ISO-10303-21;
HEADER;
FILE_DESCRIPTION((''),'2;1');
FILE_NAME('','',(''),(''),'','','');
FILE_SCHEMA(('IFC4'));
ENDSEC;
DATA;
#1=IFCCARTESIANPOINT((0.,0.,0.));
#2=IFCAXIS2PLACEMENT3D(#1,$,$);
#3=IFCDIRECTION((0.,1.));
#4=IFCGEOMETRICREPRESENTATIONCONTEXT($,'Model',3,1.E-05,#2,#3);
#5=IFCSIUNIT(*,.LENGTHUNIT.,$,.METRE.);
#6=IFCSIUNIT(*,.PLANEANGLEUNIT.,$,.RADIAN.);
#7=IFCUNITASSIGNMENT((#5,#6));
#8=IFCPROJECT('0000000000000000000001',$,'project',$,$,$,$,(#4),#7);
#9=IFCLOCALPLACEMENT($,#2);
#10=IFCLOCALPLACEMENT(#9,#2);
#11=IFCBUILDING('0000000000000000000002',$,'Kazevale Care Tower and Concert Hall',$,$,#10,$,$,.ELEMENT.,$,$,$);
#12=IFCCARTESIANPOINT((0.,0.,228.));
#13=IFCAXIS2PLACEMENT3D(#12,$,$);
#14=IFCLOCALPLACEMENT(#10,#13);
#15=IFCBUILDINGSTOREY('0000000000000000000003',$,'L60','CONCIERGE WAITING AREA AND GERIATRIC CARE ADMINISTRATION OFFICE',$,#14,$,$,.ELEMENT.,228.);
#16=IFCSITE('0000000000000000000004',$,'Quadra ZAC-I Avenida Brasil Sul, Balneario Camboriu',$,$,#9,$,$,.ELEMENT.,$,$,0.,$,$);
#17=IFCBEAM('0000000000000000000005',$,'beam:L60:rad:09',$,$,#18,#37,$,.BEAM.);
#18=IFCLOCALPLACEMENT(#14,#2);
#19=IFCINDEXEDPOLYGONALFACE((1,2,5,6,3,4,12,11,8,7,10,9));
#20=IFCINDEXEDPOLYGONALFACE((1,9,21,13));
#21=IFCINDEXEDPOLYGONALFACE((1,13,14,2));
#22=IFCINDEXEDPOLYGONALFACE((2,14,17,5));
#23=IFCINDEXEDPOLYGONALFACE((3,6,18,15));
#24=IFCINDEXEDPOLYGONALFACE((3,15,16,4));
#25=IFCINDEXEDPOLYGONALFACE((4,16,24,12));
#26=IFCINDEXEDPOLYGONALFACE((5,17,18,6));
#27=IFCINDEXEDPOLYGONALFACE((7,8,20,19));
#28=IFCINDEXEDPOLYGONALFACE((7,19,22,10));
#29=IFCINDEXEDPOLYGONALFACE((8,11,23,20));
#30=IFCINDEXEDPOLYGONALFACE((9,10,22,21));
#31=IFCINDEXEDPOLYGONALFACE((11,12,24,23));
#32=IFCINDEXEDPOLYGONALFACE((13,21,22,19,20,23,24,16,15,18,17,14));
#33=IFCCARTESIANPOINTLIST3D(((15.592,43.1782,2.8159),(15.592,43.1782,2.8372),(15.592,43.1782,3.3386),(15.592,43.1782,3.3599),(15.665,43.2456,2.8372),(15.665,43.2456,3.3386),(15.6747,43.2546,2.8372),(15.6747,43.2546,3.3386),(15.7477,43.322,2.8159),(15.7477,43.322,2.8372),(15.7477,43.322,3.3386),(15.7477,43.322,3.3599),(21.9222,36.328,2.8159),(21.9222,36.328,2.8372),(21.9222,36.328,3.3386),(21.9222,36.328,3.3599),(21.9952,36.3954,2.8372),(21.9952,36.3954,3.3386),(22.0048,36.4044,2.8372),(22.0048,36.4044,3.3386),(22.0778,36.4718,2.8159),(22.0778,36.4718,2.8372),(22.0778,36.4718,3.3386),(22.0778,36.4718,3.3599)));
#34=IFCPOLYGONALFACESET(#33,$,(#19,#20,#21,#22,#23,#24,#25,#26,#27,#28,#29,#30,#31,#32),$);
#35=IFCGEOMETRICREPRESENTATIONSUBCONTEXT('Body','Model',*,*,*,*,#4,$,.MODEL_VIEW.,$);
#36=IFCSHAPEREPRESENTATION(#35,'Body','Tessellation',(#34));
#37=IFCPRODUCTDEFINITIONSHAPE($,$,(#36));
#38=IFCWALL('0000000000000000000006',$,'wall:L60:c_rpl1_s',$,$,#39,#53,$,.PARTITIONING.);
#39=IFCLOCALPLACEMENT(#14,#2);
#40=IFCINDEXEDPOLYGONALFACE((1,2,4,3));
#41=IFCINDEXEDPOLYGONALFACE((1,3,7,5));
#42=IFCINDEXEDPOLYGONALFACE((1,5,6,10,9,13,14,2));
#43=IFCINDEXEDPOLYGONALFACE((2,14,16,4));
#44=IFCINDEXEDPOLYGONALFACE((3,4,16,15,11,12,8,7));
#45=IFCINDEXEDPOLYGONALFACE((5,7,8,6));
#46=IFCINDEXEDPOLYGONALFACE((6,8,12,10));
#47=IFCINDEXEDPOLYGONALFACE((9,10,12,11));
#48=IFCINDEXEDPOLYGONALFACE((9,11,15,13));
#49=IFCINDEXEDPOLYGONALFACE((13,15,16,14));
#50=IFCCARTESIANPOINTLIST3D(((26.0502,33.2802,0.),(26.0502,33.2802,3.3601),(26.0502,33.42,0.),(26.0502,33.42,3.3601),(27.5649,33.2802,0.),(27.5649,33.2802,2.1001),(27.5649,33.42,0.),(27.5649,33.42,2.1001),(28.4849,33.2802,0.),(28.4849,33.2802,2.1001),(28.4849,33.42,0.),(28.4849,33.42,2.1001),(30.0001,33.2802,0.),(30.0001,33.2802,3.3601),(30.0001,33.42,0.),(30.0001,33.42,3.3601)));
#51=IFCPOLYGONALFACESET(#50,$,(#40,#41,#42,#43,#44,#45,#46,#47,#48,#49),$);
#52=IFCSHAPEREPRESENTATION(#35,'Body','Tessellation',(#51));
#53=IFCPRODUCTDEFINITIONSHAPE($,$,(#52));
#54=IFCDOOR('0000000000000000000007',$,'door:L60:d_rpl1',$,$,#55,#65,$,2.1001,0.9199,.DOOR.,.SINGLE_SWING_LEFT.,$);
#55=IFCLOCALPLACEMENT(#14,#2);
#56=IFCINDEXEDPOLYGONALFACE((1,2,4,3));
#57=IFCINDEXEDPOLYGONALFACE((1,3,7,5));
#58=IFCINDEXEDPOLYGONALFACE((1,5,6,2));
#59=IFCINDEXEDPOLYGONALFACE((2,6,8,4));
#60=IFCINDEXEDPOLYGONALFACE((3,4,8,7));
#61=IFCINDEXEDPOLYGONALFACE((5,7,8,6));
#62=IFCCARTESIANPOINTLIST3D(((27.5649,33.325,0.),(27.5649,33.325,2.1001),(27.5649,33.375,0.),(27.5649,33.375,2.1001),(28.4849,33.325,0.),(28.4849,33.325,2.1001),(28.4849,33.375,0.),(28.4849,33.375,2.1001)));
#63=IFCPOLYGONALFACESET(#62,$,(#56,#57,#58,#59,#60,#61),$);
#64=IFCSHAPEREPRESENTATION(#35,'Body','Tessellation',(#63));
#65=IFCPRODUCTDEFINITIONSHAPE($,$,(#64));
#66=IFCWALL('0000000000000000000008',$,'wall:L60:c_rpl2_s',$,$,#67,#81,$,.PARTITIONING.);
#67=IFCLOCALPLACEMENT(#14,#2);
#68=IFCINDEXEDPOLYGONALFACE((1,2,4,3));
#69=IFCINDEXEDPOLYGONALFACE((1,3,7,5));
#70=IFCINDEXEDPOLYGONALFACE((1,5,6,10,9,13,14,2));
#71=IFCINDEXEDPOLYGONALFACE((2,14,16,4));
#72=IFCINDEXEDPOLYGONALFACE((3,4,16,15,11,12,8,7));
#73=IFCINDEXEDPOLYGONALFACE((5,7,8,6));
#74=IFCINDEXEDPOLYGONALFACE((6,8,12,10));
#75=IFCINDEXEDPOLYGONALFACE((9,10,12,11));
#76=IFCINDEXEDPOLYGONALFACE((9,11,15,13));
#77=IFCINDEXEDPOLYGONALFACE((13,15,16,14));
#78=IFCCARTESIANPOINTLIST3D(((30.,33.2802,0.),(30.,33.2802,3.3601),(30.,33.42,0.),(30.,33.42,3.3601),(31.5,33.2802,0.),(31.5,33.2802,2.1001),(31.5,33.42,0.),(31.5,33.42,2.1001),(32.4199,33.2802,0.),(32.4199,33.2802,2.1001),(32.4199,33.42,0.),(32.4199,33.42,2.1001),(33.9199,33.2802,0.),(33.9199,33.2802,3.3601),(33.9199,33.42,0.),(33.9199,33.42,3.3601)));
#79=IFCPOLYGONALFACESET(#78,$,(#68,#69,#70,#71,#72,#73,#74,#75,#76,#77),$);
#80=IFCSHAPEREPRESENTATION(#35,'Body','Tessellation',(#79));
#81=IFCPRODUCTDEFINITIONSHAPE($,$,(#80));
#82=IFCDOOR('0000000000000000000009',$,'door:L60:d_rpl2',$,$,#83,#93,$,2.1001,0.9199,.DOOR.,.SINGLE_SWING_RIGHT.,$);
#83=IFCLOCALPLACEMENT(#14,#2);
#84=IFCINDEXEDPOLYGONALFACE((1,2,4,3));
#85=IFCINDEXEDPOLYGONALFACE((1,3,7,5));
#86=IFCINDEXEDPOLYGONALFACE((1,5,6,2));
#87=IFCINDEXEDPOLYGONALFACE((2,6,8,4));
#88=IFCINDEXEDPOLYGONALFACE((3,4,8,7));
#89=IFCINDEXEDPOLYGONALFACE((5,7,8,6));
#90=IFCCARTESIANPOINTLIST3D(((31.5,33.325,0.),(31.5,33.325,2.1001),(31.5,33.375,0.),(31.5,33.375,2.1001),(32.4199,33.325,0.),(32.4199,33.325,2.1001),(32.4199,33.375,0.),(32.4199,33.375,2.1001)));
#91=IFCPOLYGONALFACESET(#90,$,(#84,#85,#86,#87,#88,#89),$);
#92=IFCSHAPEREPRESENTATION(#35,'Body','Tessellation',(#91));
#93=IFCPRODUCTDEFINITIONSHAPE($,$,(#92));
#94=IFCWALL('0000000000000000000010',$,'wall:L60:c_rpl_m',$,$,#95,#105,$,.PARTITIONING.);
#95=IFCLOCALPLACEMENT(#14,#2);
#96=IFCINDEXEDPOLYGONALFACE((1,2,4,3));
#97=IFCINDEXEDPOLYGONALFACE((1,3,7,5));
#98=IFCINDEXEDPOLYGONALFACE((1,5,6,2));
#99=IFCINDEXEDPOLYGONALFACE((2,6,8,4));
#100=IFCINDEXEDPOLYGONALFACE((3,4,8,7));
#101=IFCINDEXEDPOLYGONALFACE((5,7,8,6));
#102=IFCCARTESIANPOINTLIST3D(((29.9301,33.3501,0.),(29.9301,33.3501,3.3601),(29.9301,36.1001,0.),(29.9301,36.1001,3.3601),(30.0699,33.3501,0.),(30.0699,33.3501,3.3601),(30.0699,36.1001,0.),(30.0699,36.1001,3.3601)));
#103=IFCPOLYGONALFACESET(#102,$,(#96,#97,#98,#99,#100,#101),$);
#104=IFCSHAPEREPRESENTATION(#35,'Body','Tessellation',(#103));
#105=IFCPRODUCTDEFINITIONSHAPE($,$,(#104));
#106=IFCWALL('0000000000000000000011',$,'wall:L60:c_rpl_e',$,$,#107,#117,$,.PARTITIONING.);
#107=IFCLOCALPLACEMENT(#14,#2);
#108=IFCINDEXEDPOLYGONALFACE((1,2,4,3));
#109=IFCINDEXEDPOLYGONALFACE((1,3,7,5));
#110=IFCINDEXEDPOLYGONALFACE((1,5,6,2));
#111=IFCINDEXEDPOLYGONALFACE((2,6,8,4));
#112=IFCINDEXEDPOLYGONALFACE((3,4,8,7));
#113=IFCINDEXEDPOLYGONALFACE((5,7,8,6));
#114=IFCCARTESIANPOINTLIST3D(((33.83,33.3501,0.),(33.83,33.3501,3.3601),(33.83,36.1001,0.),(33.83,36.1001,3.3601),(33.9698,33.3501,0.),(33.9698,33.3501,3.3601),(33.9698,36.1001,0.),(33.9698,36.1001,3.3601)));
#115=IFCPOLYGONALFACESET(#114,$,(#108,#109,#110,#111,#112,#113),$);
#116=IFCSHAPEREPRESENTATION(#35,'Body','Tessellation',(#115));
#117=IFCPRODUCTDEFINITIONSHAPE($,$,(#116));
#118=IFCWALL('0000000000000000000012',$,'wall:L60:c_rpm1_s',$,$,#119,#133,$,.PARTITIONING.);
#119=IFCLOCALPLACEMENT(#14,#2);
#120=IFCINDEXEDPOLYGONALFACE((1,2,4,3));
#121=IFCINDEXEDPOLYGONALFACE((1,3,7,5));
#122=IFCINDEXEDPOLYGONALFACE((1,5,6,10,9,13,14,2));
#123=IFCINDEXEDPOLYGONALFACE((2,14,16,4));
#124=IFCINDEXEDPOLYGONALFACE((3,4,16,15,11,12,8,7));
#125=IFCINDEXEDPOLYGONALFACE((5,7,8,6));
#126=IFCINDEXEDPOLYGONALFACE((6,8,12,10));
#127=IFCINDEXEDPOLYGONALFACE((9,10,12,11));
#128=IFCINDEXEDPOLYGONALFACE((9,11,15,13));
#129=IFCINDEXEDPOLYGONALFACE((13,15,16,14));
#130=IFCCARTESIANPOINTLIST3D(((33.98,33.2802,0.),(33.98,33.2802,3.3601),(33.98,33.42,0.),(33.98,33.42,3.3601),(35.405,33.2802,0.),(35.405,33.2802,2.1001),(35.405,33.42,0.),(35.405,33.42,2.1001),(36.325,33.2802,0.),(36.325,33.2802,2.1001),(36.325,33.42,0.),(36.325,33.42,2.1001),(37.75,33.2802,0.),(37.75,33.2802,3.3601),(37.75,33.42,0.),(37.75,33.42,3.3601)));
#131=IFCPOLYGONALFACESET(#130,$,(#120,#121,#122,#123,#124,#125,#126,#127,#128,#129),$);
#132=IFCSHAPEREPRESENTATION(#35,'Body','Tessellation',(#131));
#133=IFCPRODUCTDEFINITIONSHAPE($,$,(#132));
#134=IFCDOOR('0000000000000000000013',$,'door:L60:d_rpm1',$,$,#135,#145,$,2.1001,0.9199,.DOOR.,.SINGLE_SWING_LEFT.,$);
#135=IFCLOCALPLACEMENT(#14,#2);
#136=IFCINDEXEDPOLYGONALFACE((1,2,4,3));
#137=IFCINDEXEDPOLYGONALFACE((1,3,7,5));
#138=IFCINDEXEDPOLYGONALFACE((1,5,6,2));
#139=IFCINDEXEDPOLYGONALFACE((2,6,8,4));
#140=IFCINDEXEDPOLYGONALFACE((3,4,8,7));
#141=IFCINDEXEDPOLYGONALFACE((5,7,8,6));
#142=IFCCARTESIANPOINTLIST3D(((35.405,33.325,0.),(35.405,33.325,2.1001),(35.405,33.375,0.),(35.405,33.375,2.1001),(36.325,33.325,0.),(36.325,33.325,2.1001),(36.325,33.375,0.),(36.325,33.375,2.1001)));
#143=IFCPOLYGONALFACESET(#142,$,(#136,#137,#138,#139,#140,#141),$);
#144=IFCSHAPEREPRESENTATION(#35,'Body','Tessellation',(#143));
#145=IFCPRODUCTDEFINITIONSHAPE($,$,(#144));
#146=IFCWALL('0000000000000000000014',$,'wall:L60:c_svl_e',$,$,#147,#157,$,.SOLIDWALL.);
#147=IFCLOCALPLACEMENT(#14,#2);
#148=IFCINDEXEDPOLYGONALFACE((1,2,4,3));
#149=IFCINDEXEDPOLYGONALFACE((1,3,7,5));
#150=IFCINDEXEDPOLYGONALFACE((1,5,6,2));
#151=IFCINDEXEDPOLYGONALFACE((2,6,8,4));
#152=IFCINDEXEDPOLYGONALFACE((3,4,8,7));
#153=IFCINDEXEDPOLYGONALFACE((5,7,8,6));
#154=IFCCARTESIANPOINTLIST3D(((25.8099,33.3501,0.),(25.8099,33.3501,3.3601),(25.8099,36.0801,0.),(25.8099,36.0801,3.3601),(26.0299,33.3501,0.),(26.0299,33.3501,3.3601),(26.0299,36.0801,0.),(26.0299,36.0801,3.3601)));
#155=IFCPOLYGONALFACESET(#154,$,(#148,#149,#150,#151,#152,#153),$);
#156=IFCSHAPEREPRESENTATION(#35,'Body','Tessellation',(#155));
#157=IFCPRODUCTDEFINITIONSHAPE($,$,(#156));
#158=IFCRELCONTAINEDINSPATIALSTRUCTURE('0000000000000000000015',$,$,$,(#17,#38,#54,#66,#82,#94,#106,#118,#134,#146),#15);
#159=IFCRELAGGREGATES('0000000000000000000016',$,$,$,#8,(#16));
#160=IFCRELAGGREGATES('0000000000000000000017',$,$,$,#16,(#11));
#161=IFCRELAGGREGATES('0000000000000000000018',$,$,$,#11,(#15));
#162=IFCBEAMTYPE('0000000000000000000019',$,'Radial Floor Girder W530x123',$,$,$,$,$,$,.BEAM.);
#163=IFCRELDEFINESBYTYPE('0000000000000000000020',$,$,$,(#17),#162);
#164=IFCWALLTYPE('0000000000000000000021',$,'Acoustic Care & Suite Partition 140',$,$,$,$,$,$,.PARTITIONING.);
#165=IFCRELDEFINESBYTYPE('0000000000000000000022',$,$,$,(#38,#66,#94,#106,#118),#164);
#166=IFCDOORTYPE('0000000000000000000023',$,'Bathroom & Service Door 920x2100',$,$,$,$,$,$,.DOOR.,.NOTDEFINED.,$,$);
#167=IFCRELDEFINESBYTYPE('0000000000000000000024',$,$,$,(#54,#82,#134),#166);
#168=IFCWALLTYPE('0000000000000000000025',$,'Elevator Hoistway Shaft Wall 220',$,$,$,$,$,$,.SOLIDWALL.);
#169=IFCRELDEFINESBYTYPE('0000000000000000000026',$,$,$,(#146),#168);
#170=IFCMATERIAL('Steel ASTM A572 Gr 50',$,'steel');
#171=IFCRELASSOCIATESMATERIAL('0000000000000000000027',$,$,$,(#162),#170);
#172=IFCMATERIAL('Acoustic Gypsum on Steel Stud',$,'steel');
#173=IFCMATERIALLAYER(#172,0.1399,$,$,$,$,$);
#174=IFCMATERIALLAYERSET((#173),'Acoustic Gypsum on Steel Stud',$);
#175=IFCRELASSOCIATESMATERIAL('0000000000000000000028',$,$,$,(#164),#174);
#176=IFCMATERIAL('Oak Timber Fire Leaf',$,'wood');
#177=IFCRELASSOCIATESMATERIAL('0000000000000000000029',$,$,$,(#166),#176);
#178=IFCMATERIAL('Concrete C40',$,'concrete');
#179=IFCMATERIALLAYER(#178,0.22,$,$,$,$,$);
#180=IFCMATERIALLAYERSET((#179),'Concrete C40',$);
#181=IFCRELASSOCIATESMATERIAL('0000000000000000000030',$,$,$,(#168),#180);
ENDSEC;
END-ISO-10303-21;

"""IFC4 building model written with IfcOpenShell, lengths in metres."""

from ifc_helpers import new_model, si_unit, direction, frame, frame_2d, origin, origin_2d, place, context, subcontext, project, spatial, rectangle, i_section, extrude, material, layer, layer_set, material_profile, profile_set, type_object, element, fill, save


model = new_model("IFC4")

# Units and contexts
model_context = context("Model", 3, precision=1e-05, world=origin(), true_north=direction((0.0, 1.0)))
body_context = subcontext(model_context, "Body", "Model", "MODEL_VIEW")
ifc_project = project(units=[si_unit("LENGTHUNIT", "METRE"), si_unit("PLANEANGLEUNIT", "RADIAN")], contexts=[model_context])

# Site, building, storey
site_placement = place(None, origin())
site = spatial("IfcSite", under=ifc_project, at=site_placement, Name="Quadra ZAC-I Avenida Brasil Sul, Balneario Camboriu", CompositionType="ELEMENT", RefElevation=0.0)
building_placement = place(site_placement, origin())
building = spatial("IfcBuilding", under=site, at=building_placement, Name="Kazevale Care Tower and Concert Hall", CompositionType="ELEMENT")
storey_placement = place(building_placement, frame((0.0, 0.0, 228.0)))
storey = spatial("IfcBuildingStorey", under=building, at=storey_placement, Name="L60", Description="CONCIERGE WAITING AREA AND GERIATRIC CARE ADMINISTRATION OFFICE", CompositionType="ELEMENT", Elevation=228.0)

# Beam
ifc_material_1 = material(Name="Steel ASTM A572 Gr 50", Category="steel")
ifc_material_profile = material_profile(ifc_material_1, i_section(OverallWidth=0.2119, OverallDepth=0.5439, WebThickness=0.0132, FlangeThickness=0.0212, at=origin_2d()), Name="W530x123")
ifc_profile_set = profile_set([ifc_material_profile], Name="Steel ASTM A572 Gr 50")
beam_type = type_object("IfcBeamType", Name="Radial Floor Girder W530x123", PredefinedType="BEAM", material=ifc_profile_set)
beam_placement = place(storey_placement, frame((22.0, 36.3999, 3.0879), z_axis=(-0.67868, 0.734434, 0.0), x_axis=(-0.734434, -0.67868, 0.0)))
element("IfcBeam", 1, at=beam_placement, inside=storey, type_object=beam_type, Name="beam:L60:rad:09", PredefinedType="BEAM", context=body_context, shape_type="SweptSolid", body=[
    extrude(i_section(OverallWidth=0.2119, OverallDepth=0.5439, WebThickness=0.0132, FlangeThickness=0.0212, at=origin_2d()), origin(), (0.0, 0.0, 1.0), 9.3271),
])

# Walls, openings, doors
ifc_material_2 = material(Name="Acoustic Gypsum on Steel Stud", Category="steel")
ifc_layer_1 = layer(ifc_material_2, 0.1399)
ifc_layer_set_1 = layer_set([ifc_layer_1], Name="Acoustic Gypsum on Steel Stud")
wall_type_1 = type_object("IfcWallType", Name="Acoustic Care & Suite Partition 140", PredefinedType="PARTITIONING", material=ifc_layer_set_1)
wall_1_placement = place(storey_placement, frame((26.05, 33.3501, 0.0), z_axis=(0.0, 0.0, 1.0), x_axis=(1.0, 0.0, 0.0)))
wall_1 = element("IfcWall", 2, at=wall_1_placement, inside=storey, type_object=wall_type_1, Name="wall:L60:c_rpl1_s", PredefinedType="PARTITIONING", context=body_context, shape_type="SweptSolid", body=[
    extrude(rectangle(XDim=3.95, YDim=0.1399, at=frame_2d((1.9751, 0.0))), origin(), (0.0, 0.0, 1.0), 3.3601),
])
opening_1_placement = place(wall_1_placement, frame((1.5149, 0.0, 0.0)))
opening_1 = element("IfcOpeningElement", 3, at=opening_1_placement, cuts=wall_1, PredefinedType="OPENING", context=body_context, shape_type="SweptSolid", body=[
    extrude(rectangle(XDim=0.9199, YDim=2.1001, at=frame_2d((0.46, 1.05))), frame((0.0, 0.0798, 0.0), z_axis=(0.0, -1.0, 0.0), x_axis=(1.0, 0.0, 0.0)), (0.0, 0.0, 1.0), 0.1599),
])
ifc_material_3 = material(Name="Oak Timber Fire Leaf", Category="wood")
door_type_1 = type_object("IfcDoorType", Name="Bathroom & Service Door 920x2100", OperationType="NOTDEFINED", PredefinedType="DOOR", material=ifc_material_3)
door_1_placement = place(opening_1_placement, origin())
door_1 = element("IfcDoor", 4, at=door_1_placement, inside=storey, type_object=door_type_1, Name="door:L60:d_rpl1", OperationType="SINGLE_SWING_LEFT", OverallHeight=2.1001, OverallWidth=0.9199, PredefinedType="DOOR", context=body_context, shape_type="SweptSolid", body=[
    extrude(rectangle(XDim=0.9199, YDim=2.1001, at=frame_2d((0.46, 1.05))), frame((0.0, 0.0249, 0.0), z_axis=(0.0, -1.0, 0.0), x_axis=(1.0, 0.0, 0.0)), (0.0, 0.0, 1.0), 0.05),
])
fill(opening_1, door_1)
wall_2_placement = place(storey_placement, frame((30.0, 33.3501, 0.0), z_axis=(0.0, 0.0, 1.0), x_axis=(1.0, 0.0, 0.0)))
wall_2 = element("IfcWall", 5, at=wall_2_placement, inside=storey, type_object=wall_type_1, Name="wall:L60:c_rpl2_s", PredefinedType="PARTITIONING", context=body_context, shape_type="SweptSolid", body=[
    extrude(rectangle(XDim=3.9199, YDim=0.1399, at=frame_2d((1.96, 0.0))), origin(), (0.0, 0.0, 1.0), 3.3601),
])
opening_2_placement = place(wall_2_placement, frame((1.5, 0.0, 0.0)))
opening_2 = element("IfcOpeningElement", 6, at=opening_2_placement, cuts=wall_2, PredefinedType="OPENING", context=body_context, shape_type="SweptSolid", body=[
    extrude(rectangle(XDim=0.9199, YDim=2.1001, at=frame_2d((0.46, 1.05))), frame((0.0, 0.0798, 0.0), z_axis=(0.0, -1.0, 0.0), x_axis=(1.0, 0.0, 0.0)), (0.0, 0.0, 1.0), 0.1599),
])
door_2_placement = place(opening_2_placement, origin())
door_2 = element("IfcDoor", 7, at=door_2_placement, inside=storey, type_object=door_type_1, Name="door:L60:d_rpl2", OperationType="SINGLE_SWING_RIGHT", OverallHeight=2.1001, OverallWidth=0.9199, PredefinedType="DOOR", context=body_context, shape_type="SweptSolid", body=[
    extrude(rectangle(XDim=0.9199, YDim=2.1001, at=frame_2d((0.46, 1.05))), frame((0.0, 0.0249, 0.0), z_axis=(0.0, -1.0, 0.0), x_axis=(1.0, 0.0, 0.0)), (0.0, 0.0, 1.0), 0.05),
])
fill(opening_2, door_2)

# Walls
for number, where, z_axis, x_axis, name in (
    (8, (30.0, 33.3501, 0.0), (0.0, 0.0, 1.0), (0.0, 1.0, 0.0), "wall:L60:c_rpl_m"),
    (9, (33.8999, 33.3501, 0.0), (0.0, 0.0, 1.0), (0.0, 1.0, 0.0), "wall:L60:c_rpl_e"),
):
    element("IfcWall", number, at=place(storey_placement, frame(where, z_axis=z_axis, x_axis=x_axis)), inside=storey, type_object=wall_type_1, Name=name, PredefinedType="PARTITIONING", context=body_context, shape_type="SweptSolid", body=[
        extrude(rectangle(XDim=2.75, YDim=0.1399, at=frame_2d((1.375, 0.0))), origin(), (0.0, 0.0, 1.0), 3.3601),
    ])

# Wall, opening, door
wall_3_placement = place(storey_placement, frame((33.98, 33.3501, 0.0), z_axis=(0.0, 0.0, 1.0), x_axis=(1.0, 0.0, 0.0)))
wall_3 = element("IfcWall", 10, at=wall_3_placement, inside=storey, type_object=wall_type_1, Name="wall:L60:c_rpm1_s", PredefinedType="PARTITIONING", context=body_context, shape_type="SweptSolid", body=[
    extrude(rectangle(XDim=3.77, YDim=0.1399, at=frame_2d((1.885, 0.0))), origin(), (0.0, 0.0, 1.0), 3.3601),
])
opening_3_placement = place(wall_3_placement, frame((1.425, 0.0, 0.0)))
opening_3 = element("IfcOpeningElement", 11, at=opening_3_placement, cuts=wall_3, PredefinedType="OPENING", context=body_context, shape_type="SweptSolid", body=[
    extrude(rectangle(XDim=0.9199, YDim=2.1001, at=frame_2d((0.46, 1.05))), frame((0.0, 0.0798, 0.0), z_axis=(0.0, -1.0, 0.0), x_axis=(1.0, 0.0, 0.0)), (0.0, 0.0, 1.0), 0.1599),
])
door_3_placement = place(opening_3_placement, origin())
door_3 = element("IfcDoor", 12, at=door_3_placement, inside=storey, type_object=door_type_1, Name="door:L60:d_rpm1", OperationType="SINGLE_SWING_LEFT", OverallHeight=2.1001, OverallWidth=0.9199, PredefinedType="DOOR", context=body_context, shape_type="SweptSolid", body=[
    extrude(rectangle(XDim=0.9199, YDim=2.1001, at=frame_2d((0.46, 1.05))), frame((0.0, 0.0249, 0.0), z_axis=(0.0, -1.0, 0.0), x_axis=(1.0, 0.0, 0.0)), (0.0, 0.0, 1.0), 0.05),
])
fill(opening_3, door_3)

# Wall
ifc_material_4 = material(Name="Concrete C40", Category="concrete")
ifc_layer_2 = layer(ifc_material_4, 0.22)
ifc_layer_set_2 = layer_set([ifc_layer_2], Name="Concrete C40")
wall_type_2 = type_object("IfcWallType", Name="Elevator Hoistway Shaft Wall 220", PredefinedType="SOLIDWALL", material=ifc_layer_set_2)
wall_4_placement = place(storey_placement, frame((25.9199, 33.3501, 0.0), z_axis=(0.0, 0.0, 1.0), x_axis=(0.0, 1.0, 0.0)))
element("IfcWall", 13, at=wall_4_placement, inside=storey, type_object=wall_type_2, Name="wall:L60:c_svl_e", PredefinedType="SOLIDWALL", context=body_context, shape_type="SweptSolid", body=[
    extrude(rectangle(XDim=2.73, YDim=0.22, at=frame_2d((1.365, 0.0))), origin(), (0.0, 0.0, 1.0), 3.3601),
])

save(model, "model.ifc")
